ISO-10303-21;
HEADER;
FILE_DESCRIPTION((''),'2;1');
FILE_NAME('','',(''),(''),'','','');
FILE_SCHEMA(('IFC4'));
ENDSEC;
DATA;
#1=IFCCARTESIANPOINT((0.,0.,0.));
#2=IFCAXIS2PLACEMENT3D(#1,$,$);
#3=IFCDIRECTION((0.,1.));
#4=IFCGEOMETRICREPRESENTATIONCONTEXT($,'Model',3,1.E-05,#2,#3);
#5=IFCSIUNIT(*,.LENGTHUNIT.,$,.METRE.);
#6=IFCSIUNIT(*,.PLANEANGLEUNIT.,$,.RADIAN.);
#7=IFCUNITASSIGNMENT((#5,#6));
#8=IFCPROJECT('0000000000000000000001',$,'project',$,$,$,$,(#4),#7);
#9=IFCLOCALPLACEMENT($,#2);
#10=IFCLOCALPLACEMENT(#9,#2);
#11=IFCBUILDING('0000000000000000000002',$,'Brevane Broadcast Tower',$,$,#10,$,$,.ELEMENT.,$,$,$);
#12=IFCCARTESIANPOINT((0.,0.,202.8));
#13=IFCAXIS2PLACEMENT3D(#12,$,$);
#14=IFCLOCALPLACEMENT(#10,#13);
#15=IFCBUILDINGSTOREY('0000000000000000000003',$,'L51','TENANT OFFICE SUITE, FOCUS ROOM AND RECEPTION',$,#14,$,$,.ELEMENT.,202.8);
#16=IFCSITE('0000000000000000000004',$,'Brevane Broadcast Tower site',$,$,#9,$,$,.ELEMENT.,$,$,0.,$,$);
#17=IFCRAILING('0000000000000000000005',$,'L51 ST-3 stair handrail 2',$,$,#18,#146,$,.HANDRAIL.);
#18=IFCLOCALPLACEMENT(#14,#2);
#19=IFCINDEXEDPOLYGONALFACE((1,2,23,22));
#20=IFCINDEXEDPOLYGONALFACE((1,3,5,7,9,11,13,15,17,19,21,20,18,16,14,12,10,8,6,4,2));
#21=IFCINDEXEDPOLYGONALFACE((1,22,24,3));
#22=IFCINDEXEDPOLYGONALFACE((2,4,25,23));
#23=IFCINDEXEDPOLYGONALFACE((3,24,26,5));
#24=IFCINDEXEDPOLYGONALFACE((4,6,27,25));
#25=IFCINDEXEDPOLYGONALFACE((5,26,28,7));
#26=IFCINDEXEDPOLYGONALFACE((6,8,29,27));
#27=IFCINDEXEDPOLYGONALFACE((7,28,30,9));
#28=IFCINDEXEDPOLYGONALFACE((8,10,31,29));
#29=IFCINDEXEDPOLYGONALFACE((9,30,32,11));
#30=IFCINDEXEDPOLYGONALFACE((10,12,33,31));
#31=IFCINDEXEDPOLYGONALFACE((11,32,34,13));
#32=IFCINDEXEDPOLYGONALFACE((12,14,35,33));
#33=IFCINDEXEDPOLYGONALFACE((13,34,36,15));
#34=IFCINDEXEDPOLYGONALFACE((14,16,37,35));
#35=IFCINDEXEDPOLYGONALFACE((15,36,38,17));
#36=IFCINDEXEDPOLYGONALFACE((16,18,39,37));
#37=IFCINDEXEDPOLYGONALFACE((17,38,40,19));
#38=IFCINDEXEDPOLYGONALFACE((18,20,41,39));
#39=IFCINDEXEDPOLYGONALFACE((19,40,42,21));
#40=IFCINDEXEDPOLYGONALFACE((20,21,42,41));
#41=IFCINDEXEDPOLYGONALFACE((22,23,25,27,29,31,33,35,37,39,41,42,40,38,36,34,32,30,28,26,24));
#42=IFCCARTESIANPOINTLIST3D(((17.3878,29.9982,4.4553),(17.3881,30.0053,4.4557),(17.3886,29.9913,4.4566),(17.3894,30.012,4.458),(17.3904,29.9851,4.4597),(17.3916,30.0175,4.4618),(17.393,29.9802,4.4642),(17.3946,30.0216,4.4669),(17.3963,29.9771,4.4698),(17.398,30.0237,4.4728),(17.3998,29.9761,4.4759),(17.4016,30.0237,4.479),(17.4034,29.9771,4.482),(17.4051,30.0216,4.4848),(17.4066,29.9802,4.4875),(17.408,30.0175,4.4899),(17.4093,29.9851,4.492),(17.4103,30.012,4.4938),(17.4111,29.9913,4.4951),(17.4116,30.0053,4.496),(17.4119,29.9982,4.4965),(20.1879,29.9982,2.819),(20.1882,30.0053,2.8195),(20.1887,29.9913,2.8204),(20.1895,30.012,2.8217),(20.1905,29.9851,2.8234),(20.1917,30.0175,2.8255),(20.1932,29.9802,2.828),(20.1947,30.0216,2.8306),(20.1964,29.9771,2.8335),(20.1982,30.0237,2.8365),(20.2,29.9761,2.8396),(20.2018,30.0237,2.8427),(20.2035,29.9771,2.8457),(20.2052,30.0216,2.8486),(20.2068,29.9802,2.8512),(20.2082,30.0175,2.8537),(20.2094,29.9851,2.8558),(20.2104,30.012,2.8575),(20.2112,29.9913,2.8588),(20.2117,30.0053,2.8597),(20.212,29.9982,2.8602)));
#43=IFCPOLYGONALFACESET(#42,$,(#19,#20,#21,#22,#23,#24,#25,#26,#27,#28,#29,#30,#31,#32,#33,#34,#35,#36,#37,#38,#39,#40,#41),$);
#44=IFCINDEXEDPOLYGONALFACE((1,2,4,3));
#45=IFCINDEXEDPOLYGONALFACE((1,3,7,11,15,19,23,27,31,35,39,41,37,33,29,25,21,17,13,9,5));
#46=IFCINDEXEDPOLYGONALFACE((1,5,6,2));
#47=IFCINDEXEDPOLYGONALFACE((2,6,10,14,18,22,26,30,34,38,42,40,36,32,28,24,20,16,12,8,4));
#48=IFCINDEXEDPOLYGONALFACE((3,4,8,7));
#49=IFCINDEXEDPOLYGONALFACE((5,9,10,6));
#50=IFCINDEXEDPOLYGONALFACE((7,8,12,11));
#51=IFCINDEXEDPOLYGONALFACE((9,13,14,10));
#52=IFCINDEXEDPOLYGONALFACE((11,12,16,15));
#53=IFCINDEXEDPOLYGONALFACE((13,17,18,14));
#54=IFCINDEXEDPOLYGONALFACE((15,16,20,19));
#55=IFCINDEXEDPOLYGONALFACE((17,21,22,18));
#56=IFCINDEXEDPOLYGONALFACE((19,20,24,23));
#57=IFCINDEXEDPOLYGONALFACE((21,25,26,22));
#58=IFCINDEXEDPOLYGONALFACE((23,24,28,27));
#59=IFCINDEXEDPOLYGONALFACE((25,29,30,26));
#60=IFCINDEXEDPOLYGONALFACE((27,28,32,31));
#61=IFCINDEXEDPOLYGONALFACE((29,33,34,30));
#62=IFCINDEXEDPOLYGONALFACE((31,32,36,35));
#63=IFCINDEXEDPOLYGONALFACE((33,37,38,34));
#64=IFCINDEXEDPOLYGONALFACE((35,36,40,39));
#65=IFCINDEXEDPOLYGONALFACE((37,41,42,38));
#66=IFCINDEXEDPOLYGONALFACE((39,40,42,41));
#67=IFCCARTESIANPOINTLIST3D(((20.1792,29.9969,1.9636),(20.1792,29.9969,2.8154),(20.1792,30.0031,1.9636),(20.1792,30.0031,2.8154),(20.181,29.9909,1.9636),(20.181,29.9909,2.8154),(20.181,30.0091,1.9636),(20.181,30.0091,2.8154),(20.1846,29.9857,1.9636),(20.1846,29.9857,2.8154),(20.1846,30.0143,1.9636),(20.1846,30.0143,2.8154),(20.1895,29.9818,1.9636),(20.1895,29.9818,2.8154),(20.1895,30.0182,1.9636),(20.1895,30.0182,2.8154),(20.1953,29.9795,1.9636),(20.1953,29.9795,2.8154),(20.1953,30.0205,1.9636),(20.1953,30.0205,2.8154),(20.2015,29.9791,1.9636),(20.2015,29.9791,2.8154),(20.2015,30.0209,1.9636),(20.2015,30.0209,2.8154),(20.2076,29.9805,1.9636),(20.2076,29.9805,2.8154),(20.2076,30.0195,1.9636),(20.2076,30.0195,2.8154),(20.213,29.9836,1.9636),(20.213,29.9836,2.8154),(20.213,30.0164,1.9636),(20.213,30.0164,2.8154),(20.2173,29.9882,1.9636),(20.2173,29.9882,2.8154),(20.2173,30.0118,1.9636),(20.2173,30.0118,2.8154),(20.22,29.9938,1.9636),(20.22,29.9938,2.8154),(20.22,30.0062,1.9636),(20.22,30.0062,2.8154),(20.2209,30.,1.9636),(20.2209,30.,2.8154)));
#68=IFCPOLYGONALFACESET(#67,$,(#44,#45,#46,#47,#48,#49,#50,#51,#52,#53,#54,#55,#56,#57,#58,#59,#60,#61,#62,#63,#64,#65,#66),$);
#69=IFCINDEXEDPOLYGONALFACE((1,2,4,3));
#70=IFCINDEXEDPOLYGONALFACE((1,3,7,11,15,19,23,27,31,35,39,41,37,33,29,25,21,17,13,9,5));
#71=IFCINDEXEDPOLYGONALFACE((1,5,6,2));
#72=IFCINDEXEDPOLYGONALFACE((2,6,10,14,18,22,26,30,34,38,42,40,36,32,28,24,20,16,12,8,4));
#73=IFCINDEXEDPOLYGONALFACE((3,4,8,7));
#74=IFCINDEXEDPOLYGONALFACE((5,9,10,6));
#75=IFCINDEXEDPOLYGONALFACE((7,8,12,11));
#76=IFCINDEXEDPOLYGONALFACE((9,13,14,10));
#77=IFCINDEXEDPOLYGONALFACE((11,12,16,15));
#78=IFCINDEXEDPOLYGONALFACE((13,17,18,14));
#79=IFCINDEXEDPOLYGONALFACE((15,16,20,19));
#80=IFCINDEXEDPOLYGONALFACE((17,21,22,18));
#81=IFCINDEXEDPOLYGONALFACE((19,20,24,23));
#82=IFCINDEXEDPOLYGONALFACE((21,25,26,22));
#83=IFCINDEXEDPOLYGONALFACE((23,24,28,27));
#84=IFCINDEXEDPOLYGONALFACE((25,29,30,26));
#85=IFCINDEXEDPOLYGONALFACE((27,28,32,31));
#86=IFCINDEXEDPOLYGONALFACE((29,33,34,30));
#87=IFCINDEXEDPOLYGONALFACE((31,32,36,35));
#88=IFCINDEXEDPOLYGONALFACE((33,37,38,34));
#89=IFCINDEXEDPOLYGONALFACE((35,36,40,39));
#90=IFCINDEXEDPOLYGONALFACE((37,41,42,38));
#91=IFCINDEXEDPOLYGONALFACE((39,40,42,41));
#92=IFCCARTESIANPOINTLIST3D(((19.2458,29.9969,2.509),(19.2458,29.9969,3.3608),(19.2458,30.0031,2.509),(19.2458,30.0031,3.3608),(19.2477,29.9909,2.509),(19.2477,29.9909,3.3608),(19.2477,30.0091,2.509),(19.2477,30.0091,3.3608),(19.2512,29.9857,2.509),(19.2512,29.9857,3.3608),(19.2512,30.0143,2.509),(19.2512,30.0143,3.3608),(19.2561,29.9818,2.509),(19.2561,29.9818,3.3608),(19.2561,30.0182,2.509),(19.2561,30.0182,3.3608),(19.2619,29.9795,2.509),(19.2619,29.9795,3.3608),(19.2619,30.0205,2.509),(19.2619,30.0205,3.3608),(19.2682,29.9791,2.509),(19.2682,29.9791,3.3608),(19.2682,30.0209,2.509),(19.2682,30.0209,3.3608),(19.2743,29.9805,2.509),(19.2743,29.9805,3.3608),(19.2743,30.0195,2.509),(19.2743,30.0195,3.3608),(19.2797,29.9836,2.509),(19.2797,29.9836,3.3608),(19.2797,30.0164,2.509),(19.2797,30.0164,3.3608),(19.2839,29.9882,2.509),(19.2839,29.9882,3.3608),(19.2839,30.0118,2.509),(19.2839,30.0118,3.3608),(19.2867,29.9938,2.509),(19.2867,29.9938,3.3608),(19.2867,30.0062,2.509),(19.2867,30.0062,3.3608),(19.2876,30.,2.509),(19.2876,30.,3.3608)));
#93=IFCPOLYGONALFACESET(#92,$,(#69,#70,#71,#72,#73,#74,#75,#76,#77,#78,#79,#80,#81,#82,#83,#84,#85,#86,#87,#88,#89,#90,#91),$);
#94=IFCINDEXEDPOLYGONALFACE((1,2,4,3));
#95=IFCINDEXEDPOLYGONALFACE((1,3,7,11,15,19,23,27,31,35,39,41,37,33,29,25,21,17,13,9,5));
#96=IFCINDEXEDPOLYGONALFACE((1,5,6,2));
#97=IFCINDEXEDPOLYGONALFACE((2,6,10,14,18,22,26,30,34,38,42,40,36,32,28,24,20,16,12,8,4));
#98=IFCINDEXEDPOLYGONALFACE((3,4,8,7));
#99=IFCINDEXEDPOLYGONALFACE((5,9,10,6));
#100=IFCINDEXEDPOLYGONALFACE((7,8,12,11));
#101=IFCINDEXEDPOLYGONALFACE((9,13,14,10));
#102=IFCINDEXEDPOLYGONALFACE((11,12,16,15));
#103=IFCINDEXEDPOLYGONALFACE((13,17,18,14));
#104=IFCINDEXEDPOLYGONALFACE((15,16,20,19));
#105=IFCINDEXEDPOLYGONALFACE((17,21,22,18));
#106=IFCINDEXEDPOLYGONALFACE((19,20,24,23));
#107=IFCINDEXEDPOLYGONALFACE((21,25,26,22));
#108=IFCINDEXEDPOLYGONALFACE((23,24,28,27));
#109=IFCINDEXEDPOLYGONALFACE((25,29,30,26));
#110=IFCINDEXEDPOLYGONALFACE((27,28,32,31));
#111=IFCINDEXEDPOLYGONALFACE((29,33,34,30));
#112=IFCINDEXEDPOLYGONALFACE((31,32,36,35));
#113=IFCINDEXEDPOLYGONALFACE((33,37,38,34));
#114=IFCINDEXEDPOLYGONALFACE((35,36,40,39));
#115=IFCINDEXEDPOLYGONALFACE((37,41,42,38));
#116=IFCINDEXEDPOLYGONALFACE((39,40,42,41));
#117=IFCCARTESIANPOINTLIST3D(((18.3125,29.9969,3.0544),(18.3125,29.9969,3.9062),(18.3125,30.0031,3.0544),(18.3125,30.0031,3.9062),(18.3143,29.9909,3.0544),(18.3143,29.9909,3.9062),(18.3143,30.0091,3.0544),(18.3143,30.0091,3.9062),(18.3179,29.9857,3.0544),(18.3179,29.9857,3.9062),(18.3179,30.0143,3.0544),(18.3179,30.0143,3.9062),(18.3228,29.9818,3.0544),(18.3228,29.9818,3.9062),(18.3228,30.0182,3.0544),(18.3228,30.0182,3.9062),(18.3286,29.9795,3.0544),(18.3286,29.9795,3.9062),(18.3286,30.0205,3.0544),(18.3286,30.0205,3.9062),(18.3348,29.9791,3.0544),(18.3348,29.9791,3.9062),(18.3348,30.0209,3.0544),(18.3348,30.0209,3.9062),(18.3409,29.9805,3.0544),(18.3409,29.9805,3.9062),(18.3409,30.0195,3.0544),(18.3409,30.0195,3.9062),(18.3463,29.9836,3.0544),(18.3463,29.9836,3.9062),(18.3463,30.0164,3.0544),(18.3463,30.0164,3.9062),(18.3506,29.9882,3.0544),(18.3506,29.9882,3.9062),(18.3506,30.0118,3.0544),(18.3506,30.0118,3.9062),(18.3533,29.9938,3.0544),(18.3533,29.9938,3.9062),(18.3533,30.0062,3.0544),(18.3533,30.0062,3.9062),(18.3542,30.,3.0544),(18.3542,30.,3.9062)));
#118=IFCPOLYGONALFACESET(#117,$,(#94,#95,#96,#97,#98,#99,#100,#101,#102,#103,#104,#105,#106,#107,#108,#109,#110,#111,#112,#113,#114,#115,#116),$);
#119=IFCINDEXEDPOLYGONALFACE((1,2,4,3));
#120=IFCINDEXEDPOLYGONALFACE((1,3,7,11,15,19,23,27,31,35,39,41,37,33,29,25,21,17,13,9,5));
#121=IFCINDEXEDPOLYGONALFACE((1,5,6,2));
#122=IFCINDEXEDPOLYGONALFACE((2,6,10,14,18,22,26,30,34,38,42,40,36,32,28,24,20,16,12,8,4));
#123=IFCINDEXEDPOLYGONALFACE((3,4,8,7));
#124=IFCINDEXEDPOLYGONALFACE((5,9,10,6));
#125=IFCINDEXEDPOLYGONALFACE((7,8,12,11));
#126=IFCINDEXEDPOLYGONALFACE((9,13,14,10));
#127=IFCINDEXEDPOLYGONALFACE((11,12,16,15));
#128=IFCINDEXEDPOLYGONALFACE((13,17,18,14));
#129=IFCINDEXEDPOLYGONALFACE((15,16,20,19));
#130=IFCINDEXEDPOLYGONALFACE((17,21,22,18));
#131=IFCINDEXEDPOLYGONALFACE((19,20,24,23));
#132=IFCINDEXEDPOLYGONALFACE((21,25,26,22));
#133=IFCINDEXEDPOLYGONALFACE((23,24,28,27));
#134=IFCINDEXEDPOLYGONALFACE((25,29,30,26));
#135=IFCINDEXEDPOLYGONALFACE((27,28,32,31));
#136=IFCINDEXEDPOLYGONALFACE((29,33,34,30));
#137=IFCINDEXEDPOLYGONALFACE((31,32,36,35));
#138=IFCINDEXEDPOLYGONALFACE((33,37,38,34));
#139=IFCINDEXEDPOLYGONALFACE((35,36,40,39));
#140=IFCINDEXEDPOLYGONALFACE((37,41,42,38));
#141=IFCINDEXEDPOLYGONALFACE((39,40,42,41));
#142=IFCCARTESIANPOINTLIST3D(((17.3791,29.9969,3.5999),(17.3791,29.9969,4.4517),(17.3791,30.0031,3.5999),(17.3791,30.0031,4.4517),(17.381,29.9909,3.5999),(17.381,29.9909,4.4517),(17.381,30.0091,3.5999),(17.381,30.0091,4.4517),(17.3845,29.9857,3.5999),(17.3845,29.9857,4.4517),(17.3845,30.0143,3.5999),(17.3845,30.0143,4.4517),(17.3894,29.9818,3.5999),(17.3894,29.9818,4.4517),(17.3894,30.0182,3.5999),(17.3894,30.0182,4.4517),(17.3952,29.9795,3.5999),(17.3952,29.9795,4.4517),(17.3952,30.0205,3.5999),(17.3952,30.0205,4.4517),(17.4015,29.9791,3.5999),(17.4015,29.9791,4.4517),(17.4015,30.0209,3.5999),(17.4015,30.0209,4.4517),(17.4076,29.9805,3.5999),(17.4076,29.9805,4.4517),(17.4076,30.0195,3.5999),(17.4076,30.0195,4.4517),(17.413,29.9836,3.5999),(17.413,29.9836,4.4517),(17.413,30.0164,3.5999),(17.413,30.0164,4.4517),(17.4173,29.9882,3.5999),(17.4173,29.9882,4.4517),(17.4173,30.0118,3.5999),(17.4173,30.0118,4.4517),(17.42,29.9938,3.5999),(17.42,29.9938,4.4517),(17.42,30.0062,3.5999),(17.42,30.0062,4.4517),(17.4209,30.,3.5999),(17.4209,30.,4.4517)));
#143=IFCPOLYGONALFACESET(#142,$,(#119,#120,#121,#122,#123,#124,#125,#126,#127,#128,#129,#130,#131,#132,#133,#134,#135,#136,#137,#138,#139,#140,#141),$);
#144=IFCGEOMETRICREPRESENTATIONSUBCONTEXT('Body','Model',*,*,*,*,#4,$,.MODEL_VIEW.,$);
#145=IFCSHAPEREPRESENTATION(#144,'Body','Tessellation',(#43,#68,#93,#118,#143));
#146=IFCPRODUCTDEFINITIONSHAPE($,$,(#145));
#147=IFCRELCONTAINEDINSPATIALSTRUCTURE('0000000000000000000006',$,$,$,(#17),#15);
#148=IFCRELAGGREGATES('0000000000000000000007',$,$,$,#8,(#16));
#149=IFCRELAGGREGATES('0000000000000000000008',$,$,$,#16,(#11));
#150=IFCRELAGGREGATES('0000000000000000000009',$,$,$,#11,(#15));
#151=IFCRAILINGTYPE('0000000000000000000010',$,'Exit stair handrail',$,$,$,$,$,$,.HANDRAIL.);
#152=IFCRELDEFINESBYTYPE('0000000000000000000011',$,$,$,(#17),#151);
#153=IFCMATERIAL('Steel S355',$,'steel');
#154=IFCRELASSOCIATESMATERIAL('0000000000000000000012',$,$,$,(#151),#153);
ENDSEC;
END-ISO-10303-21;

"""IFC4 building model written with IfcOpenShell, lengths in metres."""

from ifc_helpers import new_model, si_unit, direction, frame, origin, origin_2d, place, context, subcontext, project, spatial, circle, extrude, material, type_object, element, save


model = new_model("IFC4")

# Units and contexts
model_context = context("Model", 3, precision=1e-05, world=origin(), true_north=direction((0.0, 1.0)))
body_context = subcontext(model_context, "Body", "Model", "MODEL_VIEW")
ifc_project = project(units=[si_unit("LENGTHUNIT", "METRE"), si_unit("PLANEANGLEUNIT", "RADIAN")], contexts=[model_context])

# Site, building, storey
site_placement = place(None, origin())
site = spatial("IfcSite", under=ifc_project, at=site_placement, Name="Brevane Broadcast Tower site", CompositionType="ELEMENT", RefElevation=0.0)
building_placement = place(site_placement, origin())
building = spatial("IfcBuilding", under=site, at=building_placement, Name="Brevane Broadcast Tower", CompositionType="ELEMENT")
storey_placement = place(building_placement, frame((0.0, 0.0, 202.8)))
storey = spatial("IfcBuildingStorey", under=building, at=storey_placement, Name="L51", Description="TENANT OFFICE SUITE, FOCUS ROOM AND RECEPTION", CompositionType="ELEMENT", Elevation=202.8)

# Railing
ifc_material_1 = material(Name="Steel S355", Category="steel")
railing_type_1 = type_object("IfcRailingType", Name="Exit stair handrail", PredefinedType="HANDRAIL", material=ifc_material_1)
railing_1_placement = place(storey_placement, frame((20.2, 30.0, 1.9636)))
element("IfcRailing", 1, at=railing_1_placement, inside=storey, type_object=railing_type_1, Name="L51 ST-3 stair handrail 2", PredefinedType="HANDRAIL", context=body_context, shape_type="SweptSolid", body=[
    extrude(circle(Radius=0.0239, at=origin_2d()), frame((0.0, 0.0, 0.876), z_axis=(-0.863394, 0.0, 0.504531), x_axis=(0.0, -1.0, 0.0)), (0.0, 0.0, 1.0), 3.2432),
    extrude(circle(Radius=0.021, at=origin_2d()), origin(), (0.0, 0.0, 1.0), 0.8518),
    extrude(circle(Radius=0.021, at=origin_2d()), frame((-0.9333, 0.0, 0.5454)), (0.0, 0.0, 1.0), 0.8518),
    extrude(circle(Radius=0.021, at=origin_2d()), frame((-1.8667, 0.0, 1.0908)), (0.0, 0.0, 1.0), 0.8518),
    extrude(circle(Radius=0.021, at=origin_2d()), frame((-2.8, 0.0, 1.6362)), (0.0, 0.0, 1.0), 0.8518),
])

save(model, "model.ifc")
